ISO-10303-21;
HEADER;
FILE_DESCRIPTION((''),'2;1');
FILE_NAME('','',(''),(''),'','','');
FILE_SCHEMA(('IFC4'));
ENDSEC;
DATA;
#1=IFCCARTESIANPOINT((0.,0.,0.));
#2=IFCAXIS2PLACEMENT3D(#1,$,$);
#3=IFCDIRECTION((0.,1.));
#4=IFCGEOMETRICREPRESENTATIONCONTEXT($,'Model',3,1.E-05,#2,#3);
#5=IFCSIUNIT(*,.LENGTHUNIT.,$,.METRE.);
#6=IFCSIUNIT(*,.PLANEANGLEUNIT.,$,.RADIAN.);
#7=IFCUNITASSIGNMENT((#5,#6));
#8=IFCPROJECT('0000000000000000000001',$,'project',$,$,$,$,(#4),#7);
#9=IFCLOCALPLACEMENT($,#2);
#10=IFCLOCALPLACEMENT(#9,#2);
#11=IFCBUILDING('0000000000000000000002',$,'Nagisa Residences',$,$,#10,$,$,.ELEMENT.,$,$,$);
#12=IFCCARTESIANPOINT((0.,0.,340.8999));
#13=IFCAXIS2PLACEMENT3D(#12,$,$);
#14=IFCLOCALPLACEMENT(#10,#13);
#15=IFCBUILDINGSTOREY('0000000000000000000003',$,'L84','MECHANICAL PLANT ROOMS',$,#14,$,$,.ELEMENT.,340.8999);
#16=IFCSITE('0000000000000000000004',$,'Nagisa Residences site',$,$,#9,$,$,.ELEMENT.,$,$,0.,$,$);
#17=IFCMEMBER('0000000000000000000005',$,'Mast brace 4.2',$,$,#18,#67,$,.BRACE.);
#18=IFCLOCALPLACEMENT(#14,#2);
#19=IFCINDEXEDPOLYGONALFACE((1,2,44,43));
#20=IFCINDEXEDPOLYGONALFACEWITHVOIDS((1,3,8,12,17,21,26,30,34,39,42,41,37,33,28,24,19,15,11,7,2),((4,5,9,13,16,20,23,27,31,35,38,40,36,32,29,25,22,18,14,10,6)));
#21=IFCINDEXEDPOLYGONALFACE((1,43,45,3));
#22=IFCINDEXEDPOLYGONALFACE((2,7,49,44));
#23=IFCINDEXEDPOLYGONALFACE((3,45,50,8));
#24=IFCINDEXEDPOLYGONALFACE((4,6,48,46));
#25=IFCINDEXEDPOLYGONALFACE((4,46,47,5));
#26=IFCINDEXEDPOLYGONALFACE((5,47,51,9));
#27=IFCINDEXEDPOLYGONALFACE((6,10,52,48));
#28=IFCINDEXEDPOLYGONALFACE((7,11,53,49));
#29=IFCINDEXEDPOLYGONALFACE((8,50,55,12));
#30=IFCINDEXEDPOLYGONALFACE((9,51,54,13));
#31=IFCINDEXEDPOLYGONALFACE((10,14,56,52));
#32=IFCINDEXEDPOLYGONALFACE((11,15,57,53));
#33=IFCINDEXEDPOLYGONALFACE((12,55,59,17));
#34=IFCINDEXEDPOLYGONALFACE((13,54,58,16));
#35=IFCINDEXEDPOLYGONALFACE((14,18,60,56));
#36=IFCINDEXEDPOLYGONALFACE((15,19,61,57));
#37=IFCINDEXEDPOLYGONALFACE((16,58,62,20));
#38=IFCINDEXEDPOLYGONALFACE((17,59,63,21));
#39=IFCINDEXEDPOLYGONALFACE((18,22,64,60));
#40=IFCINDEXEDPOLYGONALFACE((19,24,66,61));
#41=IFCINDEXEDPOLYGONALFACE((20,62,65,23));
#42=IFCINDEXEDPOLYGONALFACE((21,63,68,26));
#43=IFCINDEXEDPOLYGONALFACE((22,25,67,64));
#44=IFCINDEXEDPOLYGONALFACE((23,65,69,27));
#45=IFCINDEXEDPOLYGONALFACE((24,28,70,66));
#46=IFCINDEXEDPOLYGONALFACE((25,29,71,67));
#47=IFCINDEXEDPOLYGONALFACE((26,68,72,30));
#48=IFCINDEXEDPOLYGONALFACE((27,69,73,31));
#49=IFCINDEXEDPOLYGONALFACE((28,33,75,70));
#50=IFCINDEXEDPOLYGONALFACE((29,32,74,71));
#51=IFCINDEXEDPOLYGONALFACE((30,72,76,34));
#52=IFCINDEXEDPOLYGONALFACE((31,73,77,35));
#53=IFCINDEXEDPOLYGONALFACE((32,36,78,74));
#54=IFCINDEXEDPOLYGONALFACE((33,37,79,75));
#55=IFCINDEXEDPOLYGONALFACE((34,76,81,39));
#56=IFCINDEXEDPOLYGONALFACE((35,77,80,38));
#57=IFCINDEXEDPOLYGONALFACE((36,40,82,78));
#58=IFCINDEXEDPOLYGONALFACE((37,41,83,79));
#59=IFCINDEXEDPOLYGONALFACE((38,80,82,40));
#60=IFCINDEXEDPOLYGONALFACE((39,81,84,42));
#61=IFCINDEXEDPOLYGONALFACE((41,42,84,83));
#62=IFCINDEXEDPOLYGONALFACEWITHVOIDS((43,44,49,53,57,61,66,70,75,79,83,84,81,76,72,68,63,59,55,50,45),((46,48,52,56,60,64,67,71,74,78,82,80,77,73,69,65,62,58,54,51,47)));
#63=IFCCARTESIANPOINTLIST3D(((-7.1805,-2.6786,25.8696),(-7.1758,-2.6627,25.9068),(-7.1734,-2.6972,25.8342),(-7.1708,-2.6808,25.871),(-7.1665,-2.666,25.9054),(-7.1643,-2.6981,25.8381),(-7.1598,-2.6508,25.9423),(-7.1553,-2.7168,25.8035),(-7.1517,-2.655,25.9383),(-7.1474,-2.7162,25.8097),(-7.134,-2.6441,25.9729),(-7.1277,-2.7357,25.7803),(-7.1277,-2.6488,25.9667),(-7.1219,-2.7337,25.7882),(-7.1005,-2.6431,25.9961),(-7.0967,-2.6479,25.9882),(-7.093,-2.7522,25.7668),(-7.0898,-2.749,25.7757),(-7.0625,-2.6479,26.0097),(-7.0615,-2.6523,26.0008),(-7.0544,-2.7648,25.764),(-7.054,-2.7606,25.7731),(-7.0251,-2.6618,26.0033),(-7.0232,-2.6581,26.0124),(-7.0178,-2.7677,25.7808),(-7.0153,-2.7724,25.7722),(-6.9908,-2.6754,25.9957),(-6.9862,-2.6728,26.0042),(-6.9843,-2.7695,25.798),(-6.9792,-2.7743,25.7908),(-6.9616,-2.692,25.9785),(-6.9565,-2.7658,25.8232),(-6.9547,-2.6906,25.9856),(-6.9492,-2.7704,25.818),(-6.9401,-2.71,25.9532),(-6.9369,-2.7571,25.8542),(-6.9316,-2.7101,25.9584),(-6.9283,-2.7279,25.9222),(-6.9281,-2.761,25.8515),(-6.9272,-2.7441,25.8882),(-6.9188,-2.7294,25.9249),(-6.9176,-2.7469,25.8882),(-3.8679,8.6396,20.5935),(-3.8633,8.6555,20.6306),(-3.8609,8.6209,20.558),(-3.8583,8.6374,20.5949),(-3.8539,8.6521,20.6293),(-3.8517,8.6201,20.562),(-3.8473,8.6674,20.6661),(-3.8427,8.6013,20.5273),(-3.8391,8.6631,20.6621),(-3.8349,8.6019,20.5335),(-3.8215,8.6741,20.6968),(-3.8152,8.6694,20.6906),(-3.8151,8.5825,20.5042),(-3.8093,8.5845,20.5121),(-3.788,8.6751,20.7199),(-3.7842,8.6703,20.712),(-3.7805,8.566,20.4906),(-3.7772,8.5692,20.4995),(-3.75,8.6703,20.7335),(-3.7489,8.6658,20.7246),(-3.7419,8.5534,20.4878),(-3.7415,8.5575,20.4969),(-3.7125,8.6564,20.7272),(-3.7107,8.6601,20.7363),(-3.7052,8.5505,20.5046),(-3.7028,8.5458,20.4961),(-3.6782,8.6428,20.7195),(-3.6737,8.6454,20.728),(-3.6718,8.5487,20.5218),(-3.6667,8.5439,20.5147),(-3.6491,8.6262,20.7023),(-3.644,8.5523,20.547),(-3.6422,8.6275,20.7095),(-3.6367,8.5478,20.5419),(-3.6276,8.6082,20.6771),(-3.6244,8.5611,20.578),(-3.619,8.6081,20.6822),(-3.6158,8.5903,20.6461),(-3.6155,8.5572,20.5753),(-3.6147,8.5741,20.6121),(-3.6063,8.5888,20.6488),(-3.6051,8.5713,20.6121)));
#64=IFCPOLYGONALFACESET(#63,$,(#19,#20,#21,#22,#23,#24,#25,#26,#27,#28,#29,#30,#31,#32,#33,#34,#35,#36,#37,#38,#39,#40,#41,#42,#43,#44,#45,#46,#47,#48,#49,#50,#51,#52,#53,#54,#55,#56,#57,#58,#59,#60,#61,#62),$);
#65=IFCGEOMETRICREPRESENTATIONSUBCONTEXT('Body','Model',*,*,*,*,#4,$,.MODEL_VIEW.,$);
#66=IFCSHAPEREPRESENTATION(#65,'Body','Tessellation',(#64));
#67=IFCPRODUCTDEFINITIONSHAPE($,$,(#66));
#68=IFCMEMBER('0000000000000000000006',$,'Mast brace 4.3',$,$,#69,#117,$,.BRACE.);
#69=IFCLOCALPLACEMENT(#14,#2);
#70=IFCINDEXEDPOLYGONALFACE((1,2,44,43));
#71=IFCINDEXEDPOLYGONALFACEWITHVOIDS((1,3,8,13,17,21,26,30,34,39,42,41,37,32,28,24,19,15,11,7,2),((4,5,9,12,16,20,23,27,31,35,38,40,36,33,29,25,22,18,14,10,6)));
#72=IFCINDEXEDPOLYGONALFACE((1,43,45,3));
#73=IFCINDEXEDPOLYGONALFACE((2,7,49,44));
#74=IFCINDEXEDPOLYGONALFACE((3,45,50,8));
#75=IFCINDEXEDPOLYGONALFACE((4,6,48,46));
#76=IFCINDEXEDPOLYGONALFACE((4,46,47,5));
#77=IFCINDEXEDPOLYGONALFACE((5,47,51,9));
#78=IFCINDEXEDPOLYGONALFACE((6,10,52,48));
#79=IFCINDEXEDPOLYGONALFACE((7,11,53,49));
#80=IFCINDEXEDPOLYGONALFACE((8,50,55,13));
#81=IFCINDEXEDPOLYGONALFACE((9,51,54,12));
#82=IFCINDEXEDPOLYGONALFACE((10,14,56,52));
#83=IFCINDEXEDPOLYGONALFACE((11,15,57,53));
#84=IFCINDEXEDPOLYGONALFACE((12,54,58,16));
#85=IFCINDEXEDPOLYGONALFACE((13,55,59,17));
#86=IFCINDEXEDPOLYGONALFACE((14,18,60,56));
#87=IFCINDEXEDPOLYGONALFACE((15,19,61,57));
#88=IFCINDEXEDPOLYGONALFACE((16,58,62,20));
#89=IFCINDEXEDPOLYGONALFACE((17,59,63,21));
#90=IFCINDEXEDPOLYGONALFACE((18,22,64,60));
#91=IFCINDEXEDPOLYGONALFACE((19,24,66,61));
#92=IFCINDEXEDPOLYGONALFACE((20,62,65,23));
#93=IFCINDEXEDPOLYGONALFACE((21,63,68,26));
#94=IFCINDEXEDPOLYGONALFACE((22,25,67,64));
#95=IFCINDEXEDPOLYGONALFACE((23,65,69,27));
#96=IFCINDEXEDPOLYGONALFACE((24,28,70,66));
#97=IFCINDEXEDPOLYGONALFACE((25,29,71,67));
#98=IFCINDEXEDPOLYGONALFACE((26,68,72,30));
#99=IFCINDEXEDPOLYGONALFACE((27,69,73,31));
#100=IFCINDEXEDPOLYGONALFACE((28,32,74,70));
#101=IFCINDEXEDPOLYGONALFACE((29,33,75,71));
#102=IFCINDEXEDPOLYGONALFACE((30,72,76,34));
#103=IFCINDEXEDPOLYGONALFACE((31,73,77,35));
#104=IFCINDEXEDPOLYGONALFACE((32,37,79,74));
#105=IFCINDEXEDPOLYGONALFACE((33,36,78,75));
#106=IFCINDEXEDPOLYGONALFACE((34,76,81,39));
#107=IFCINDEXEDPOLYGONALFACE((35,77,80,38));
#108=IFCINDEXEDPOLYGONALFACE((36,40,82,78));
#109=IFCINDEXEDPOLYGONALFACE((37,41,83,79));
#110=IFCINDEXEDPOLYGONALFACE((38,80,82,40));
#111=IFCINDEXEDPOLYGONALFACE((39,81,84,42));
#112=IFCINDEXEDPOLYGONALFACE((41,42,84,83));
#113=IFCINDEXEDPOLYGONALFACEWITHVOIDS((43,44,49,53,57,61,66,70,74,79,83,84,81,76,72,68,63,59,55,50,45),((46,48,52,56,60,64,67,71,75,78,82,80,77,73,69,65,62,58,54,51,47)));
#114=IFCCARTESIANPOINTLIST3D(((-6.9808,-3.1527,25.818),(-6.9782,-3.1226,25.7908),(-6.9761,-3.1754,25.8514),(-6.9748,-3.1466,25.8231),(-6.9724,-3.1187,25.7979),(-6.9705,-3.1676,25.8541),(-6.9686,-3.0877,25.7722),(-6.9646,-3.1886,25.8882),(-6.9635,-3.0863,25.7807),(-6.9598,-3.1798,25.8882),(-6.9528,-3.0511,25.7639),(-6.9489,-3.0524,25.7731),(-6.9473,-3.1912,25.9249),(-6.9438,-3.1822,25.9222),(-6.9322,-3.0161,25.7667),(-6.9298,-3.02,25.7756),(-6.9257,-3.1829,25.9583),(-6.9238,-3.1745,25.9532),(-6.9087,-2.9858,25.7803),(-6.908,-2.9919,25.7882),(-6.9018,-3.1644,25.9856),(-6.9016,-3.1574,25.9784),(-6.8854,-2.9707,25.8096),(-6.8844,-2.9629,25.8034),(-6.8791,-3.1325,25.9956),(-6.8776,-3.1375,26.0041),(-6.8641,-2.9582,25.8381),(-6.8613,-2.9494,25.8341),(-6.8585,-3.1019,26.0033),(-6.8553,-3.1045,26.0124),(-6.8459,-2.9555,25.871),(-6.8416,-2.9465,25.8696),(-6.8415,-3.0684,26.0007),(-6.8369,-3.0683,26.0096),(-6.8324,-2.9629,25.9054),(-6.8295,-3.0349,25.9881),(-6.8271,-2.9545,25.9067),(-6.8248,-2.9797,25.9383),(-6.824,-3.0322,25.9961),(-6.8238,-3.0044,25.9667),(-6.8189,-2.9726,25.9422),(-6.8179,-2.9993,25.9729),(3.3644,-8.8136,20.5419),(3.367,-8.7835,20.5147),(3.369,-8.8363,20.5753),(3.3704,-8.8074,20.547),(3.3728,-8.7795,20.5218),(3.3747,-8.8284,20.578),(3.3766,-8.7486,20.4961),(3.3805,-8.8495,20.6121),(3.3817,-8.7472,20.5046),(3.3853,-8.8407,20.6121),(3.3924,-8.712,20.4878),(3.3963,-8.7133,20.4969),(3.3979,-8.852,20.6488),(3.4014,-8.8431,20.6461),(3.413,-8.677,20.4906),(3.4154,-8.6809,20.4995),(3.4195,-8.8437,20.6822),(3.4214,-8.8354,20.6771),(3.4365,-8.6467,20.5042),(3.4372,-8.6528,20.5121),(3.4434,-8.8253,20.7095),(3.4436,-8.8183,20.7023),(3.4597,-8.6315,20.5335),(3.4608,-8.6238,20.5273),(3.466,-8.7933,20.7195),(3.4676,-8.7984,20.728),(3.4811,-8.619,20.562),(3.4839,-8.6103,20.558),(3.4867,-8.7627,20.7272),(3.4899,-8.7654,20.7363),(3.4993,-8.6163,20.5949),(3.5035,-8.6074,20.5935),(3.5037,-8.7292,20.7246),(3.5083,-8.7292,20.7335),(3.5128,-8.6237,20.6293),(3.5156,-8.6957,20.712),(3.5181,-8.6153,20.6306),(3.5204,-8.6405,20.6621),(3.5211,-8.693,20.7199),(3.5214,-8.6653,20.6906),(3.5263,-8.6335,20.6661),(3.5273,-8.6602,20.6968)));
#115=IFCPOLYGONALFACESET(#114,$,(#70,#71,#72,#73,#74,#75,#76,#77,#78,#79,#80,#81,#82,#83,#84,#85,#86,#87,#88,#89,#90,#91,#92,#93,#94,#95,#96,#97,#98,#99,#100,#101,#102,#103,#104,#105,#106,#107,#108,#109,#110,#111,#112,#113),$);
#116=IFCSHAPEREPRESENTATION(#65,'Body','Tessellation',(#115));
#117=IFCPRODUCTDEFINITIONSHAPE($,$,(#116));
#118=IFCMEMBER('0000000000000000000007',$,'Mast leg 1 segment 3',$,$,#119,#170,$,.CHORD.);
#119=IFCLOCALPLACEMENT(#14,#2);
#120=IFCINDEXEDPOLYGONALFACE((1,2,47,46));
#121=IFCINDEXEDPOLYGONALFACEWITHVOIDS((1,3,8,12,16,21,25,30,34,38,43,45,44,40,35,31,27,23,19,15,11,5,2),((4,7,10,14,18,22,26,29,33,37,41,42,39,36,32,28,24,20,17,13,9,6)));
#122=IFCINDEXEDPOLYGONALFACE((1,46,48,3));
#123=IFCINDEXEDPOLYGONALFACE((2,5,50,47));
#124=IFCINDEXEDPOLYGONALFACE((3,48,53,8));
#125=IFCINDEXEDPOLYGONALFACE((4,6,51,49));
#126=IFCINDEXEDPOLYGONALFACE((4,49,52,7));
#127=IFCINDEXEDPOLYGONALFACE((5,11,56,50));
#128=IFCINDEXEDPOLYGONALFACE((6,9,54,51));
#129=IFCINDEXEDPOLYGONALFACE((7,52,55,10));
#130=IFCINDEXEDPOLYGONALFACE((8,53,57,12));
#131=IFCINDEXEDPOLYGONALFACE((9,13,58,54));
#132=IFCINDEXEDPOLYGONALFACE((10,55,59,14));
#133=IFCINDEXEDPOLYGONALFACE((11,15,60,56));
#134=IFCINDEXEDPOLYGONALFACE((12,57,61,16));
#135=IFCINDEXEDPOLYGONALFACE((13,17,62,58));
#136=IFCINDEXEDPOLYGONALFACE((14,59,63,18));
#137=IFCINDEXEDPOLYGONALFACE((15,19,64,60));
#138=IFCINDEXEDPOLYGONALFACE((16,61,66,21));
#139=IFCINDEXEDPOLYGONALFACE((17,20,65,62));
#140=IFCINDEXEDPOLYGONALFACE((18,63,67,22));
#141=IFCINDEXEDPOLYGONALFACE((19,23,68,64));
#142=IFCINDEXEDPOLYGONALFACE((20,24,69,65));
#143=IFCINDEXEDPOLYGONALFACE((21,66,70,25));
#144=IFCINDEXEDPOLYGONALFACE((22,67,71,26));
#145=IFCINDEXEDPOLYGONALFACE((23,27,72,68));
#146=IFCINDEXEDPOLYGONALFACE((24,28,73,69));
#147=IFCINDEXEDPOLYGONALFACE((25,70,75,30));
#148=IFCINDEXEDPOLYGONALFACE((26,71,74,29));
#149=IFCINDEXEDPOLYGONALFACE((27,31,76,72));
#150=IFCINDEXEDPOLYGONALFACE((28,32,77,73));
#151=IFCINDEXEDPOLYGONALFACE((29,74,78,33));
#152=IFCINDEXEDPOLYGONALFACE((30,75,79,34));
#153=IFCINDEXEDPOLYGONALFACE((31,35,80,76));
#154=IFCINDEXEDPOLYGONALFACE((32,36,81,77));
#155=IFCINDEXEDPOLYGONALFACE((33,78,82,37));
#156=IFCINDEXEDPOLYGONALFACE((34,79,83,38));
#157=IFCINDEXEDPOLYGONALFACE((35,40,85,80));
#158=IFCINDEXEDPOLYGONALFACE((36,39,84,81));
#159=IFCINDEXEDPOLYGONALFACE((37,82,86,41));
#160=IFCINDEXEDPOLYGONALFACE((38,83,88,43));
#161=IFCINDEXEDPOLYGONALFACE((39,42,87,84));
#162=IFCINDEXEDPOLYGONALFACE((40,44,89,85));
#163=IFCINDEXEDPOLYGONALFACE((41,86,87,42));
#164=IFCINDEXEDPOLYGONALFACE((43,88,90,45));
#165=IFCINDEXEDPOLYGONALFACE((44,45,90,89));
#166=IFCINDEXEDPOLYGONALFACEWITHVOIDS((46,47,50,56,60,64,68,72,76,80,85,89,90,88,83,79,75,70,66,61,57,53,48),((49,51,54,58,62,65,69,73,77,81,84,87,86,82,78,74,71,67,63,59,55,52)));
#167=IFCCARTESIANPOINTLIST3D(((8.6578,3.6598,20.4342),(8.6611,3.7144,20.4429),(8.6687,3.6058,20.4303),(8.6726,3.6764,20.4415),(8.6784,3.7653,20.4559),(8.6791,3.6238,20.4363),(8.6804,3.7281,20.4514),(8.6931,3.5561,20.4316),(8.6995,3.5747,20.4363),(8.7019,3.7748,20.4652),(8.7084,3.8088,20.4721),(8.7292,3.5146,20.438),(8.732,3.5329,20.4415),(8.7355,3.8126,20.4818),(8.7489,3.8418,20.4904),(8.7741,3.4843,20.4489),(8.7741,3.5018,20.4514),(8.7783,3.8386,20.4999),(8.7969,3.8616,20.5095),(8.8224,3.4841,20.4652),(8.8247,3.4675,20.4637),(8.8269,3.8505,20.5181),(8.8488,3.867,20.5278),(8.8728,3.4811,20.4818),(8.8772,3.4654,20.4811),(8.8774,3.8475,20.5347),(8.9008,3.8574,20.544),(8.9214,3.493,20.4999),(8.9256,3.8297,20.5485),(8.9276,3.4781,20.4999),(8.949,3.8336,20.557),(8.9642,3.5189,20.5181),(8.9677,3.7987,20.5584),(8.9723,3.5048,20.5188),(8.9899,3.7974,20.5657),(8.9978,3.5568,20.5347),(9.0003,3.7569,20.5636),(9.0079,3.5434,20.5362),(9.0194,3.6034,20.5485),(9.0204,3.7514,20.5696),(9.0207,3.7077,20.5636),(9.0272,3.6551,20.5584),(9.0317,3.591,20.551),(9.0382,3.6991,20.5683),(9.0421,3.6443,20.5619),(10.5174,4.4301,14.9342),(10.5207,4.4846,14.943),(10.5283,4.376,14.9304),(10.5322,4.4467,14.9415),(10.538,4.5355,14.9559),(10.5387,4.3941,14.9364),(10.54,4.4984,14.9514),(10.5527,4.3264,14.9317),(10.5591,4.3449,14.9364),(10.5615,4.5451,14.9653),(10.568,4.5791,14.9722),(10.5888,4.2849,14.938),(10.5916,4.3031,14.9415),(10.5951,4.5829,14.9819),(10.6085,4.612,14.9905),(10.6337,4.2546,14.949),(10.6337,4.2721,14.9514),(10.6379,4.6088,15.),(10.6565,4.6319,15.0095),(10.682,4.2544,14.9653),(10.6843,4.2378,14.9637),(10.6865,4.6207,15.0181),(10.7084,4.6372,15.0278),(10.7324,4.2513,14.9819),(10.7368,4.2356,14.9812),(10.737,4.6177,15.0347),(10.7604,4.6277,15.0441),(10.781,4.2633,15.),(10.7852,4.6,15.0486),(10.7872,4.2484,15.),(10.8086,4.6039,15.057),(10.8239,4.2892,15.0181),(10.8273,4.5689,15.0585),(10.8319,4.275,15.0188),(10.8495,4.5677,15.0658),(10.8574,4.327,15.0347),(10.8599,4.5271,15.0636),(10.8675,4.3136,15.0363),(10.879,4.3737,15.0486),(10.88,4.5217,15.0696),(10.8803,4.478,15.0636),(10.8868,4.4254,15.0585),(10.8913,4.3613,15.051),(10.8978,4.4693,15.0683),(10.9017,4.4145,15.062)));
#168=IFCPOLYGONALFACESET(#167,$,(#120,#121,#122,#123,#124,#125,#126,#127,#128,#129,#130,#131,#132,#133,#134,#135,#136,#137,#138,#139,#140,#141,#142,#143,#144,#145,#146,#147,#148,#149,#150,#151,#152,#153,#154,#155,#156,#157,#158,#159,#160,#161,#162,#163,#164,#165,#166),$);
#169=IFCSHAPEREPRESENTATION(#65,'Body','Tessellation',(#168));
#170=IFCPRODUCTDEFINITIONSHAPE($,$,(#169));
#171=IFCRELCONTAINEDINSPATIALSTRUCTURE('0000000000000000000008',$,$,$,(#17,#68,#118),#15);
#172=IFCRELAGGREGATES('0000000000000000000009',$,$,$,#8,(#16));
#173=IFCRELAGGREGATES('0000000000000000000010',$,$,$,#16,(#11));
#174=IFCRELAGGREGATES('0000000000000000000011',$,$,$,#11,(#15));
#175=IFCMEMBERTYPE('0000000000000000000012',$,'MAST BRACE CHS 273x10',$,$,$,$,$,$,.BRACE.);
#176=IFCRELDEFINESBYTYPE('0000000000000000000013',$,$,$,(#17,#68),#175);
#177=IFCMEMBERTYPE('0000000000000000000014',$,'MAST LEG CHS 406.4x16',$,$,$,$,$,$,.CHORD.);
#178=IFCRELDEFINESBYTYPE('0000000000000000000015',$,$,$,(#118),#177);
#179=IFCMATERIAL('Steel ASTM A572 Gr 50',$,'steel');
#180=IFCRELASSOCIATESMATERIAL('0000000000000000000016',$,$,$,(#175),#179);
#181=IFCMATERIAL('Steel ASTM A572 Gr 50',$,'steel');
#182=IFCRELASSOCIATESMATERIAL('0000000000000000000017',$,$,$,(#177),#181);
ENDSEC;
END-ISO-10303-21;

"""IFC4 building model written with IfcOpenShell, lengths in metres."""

from ifc_helpers import new_model, si_unit, direction, frame, origin, origin_2d, place, context, subcontext, project, spatial, hollow_circle, extrude, material, material_profile, profile_set, type_object, element, save


model = new_model("IFC4")

# Units and contexts
model_context = context("Model", 3, precision=1e-05, world=origin(), true_north=direction((0.0, 1.0)))
body_context = subcontext(model_context, "Body", "Model", "MODEL_VIEW")
ifc_project = project(units=[si_unit("LENGTHUNIT", "METRE"), si_unit("PLANEANGLEUNIT", "RADIAN")], contexts=[model_context])

# Site, building, storey
site_placement = place(None, origin())
site = spatial("IfcSite", under=ifc_project, at=site_placement, Name="Nagisa Residences site", CompositionType="ELEMENT", RefElevation=0.0)
building_placement = place(site_placement, origin())
building = spatial("IfcBuilding", under=site, at=building_placement, Name="Nagisa Residences", CompositionType="ELEMENT")
storey_placement = place(building_placement, frame((0.0, 0.0, 340.8999)))
storey = spatial("IfcBuildingStorey", under=building, at=storey_placement, Name="L84", Description="MECHANICAL PLANT ROOMS", CompositionType="ELEMENT", Elevation=340.8999)

# Members
ifc_material_1 = material(Name="Steel ASTM A572 Gr 50", Category="steel")
ifc_material_profile_1 = material_profile(ifc_material_1, hollow_circle(Radius=0.1365, WallThickness=0.01, at=origin_2d()), Name="MAST BRACE CHS 273x10")
ifc_profile_set_1 = profile_set([ifc_material_profile_1], Name="Steel ASTM A572 Gr 50")
member_type_1 = type_object("IfcMemberType", Name="MAST BRACE CHS 273x10", PredefinedType="BRACE", material=ifc_profile_set_1)
member_1_placement = place(storey_placement, frame((-3.7361, 8.6096, 20.6121), z_axis=(-0.256398, -0.876059, 0.408389), x_axis=(0.95974, -0.280889, 0.0)))
element("IfcMember", 1, at=member_1_placement, inside=storey, type_object=member_type_1, Name="Mast brace 4.2", PredefinedType="BRACE", context=body_context, shape_type="SweptSolid", body=[
    extrude(hollow_circle(Radius=0.1365, WallThickness=0.01, at=origin_2d()), origin(), (0.0, 0.0, 1.0), 12.9194),
])
member_2_placement = place(storey_placement, frame((3.446, -8.7297, 20.6121), z_axis=(-0.800761, 0.438175, 0.408393), x_axis=(-0.480031, -0.877252, 0.0)))
element("IfcMember", 2, at=member_2_placement, inside=storey, type_object=member_type_1, Name="Mast brace 4.3", PredefinedType="BRACE", context=body_context, shape_type="SweptSolid", body=[
    extrude(hollow_circle(Radius=0.1365, WallThickness=0.01, at=origin_2d()), origin(), (0.0, 0.0, 1.0), 12.9192),
])
ifc_material_2 = material(Name="Steel ASTM A572 Gr 50", Category="steel")
ifc_material_profile_2 = material_profile(ifc_material_2, hollow_circle(Radius=0.2031, WallThickness=0.0161, at=origin_2d()), Name="MAST LEG CHS 406.4x16")
ifc_profile_set_2 = profile_set([ifc_material_profile_2], Name="Steel ASTM A572 Gr 50")
member_type_2 = type_object("IfcMemberType", Name="MAST LEG CHS 406.4x16", PredefinedType="CHORD", material=ifc_profile_set_2)
member_3_placement = place(storey_placement, frame((10.7095, 4.436, 15.0), z_axis=(-0.317517, -0.131517, 0.939088), x_axis=(0.382677, -0.923882, 0.0)))
element("IfcMember", 3, at=member_3_placement, inside=storey, type_object=member_type_2, Name="Mast leg 1 segment 3", PredefinedType="CHORD", context=body_context, shape_type="SweptSolid", body=[
    extrude(hollow_circle(Radius=0.2031, WallThickness=0.0161, at=origin_2d()), origin(), (0.0, 0.0, 1.0), 5.8567),
])

save(model, "model.ifc")
